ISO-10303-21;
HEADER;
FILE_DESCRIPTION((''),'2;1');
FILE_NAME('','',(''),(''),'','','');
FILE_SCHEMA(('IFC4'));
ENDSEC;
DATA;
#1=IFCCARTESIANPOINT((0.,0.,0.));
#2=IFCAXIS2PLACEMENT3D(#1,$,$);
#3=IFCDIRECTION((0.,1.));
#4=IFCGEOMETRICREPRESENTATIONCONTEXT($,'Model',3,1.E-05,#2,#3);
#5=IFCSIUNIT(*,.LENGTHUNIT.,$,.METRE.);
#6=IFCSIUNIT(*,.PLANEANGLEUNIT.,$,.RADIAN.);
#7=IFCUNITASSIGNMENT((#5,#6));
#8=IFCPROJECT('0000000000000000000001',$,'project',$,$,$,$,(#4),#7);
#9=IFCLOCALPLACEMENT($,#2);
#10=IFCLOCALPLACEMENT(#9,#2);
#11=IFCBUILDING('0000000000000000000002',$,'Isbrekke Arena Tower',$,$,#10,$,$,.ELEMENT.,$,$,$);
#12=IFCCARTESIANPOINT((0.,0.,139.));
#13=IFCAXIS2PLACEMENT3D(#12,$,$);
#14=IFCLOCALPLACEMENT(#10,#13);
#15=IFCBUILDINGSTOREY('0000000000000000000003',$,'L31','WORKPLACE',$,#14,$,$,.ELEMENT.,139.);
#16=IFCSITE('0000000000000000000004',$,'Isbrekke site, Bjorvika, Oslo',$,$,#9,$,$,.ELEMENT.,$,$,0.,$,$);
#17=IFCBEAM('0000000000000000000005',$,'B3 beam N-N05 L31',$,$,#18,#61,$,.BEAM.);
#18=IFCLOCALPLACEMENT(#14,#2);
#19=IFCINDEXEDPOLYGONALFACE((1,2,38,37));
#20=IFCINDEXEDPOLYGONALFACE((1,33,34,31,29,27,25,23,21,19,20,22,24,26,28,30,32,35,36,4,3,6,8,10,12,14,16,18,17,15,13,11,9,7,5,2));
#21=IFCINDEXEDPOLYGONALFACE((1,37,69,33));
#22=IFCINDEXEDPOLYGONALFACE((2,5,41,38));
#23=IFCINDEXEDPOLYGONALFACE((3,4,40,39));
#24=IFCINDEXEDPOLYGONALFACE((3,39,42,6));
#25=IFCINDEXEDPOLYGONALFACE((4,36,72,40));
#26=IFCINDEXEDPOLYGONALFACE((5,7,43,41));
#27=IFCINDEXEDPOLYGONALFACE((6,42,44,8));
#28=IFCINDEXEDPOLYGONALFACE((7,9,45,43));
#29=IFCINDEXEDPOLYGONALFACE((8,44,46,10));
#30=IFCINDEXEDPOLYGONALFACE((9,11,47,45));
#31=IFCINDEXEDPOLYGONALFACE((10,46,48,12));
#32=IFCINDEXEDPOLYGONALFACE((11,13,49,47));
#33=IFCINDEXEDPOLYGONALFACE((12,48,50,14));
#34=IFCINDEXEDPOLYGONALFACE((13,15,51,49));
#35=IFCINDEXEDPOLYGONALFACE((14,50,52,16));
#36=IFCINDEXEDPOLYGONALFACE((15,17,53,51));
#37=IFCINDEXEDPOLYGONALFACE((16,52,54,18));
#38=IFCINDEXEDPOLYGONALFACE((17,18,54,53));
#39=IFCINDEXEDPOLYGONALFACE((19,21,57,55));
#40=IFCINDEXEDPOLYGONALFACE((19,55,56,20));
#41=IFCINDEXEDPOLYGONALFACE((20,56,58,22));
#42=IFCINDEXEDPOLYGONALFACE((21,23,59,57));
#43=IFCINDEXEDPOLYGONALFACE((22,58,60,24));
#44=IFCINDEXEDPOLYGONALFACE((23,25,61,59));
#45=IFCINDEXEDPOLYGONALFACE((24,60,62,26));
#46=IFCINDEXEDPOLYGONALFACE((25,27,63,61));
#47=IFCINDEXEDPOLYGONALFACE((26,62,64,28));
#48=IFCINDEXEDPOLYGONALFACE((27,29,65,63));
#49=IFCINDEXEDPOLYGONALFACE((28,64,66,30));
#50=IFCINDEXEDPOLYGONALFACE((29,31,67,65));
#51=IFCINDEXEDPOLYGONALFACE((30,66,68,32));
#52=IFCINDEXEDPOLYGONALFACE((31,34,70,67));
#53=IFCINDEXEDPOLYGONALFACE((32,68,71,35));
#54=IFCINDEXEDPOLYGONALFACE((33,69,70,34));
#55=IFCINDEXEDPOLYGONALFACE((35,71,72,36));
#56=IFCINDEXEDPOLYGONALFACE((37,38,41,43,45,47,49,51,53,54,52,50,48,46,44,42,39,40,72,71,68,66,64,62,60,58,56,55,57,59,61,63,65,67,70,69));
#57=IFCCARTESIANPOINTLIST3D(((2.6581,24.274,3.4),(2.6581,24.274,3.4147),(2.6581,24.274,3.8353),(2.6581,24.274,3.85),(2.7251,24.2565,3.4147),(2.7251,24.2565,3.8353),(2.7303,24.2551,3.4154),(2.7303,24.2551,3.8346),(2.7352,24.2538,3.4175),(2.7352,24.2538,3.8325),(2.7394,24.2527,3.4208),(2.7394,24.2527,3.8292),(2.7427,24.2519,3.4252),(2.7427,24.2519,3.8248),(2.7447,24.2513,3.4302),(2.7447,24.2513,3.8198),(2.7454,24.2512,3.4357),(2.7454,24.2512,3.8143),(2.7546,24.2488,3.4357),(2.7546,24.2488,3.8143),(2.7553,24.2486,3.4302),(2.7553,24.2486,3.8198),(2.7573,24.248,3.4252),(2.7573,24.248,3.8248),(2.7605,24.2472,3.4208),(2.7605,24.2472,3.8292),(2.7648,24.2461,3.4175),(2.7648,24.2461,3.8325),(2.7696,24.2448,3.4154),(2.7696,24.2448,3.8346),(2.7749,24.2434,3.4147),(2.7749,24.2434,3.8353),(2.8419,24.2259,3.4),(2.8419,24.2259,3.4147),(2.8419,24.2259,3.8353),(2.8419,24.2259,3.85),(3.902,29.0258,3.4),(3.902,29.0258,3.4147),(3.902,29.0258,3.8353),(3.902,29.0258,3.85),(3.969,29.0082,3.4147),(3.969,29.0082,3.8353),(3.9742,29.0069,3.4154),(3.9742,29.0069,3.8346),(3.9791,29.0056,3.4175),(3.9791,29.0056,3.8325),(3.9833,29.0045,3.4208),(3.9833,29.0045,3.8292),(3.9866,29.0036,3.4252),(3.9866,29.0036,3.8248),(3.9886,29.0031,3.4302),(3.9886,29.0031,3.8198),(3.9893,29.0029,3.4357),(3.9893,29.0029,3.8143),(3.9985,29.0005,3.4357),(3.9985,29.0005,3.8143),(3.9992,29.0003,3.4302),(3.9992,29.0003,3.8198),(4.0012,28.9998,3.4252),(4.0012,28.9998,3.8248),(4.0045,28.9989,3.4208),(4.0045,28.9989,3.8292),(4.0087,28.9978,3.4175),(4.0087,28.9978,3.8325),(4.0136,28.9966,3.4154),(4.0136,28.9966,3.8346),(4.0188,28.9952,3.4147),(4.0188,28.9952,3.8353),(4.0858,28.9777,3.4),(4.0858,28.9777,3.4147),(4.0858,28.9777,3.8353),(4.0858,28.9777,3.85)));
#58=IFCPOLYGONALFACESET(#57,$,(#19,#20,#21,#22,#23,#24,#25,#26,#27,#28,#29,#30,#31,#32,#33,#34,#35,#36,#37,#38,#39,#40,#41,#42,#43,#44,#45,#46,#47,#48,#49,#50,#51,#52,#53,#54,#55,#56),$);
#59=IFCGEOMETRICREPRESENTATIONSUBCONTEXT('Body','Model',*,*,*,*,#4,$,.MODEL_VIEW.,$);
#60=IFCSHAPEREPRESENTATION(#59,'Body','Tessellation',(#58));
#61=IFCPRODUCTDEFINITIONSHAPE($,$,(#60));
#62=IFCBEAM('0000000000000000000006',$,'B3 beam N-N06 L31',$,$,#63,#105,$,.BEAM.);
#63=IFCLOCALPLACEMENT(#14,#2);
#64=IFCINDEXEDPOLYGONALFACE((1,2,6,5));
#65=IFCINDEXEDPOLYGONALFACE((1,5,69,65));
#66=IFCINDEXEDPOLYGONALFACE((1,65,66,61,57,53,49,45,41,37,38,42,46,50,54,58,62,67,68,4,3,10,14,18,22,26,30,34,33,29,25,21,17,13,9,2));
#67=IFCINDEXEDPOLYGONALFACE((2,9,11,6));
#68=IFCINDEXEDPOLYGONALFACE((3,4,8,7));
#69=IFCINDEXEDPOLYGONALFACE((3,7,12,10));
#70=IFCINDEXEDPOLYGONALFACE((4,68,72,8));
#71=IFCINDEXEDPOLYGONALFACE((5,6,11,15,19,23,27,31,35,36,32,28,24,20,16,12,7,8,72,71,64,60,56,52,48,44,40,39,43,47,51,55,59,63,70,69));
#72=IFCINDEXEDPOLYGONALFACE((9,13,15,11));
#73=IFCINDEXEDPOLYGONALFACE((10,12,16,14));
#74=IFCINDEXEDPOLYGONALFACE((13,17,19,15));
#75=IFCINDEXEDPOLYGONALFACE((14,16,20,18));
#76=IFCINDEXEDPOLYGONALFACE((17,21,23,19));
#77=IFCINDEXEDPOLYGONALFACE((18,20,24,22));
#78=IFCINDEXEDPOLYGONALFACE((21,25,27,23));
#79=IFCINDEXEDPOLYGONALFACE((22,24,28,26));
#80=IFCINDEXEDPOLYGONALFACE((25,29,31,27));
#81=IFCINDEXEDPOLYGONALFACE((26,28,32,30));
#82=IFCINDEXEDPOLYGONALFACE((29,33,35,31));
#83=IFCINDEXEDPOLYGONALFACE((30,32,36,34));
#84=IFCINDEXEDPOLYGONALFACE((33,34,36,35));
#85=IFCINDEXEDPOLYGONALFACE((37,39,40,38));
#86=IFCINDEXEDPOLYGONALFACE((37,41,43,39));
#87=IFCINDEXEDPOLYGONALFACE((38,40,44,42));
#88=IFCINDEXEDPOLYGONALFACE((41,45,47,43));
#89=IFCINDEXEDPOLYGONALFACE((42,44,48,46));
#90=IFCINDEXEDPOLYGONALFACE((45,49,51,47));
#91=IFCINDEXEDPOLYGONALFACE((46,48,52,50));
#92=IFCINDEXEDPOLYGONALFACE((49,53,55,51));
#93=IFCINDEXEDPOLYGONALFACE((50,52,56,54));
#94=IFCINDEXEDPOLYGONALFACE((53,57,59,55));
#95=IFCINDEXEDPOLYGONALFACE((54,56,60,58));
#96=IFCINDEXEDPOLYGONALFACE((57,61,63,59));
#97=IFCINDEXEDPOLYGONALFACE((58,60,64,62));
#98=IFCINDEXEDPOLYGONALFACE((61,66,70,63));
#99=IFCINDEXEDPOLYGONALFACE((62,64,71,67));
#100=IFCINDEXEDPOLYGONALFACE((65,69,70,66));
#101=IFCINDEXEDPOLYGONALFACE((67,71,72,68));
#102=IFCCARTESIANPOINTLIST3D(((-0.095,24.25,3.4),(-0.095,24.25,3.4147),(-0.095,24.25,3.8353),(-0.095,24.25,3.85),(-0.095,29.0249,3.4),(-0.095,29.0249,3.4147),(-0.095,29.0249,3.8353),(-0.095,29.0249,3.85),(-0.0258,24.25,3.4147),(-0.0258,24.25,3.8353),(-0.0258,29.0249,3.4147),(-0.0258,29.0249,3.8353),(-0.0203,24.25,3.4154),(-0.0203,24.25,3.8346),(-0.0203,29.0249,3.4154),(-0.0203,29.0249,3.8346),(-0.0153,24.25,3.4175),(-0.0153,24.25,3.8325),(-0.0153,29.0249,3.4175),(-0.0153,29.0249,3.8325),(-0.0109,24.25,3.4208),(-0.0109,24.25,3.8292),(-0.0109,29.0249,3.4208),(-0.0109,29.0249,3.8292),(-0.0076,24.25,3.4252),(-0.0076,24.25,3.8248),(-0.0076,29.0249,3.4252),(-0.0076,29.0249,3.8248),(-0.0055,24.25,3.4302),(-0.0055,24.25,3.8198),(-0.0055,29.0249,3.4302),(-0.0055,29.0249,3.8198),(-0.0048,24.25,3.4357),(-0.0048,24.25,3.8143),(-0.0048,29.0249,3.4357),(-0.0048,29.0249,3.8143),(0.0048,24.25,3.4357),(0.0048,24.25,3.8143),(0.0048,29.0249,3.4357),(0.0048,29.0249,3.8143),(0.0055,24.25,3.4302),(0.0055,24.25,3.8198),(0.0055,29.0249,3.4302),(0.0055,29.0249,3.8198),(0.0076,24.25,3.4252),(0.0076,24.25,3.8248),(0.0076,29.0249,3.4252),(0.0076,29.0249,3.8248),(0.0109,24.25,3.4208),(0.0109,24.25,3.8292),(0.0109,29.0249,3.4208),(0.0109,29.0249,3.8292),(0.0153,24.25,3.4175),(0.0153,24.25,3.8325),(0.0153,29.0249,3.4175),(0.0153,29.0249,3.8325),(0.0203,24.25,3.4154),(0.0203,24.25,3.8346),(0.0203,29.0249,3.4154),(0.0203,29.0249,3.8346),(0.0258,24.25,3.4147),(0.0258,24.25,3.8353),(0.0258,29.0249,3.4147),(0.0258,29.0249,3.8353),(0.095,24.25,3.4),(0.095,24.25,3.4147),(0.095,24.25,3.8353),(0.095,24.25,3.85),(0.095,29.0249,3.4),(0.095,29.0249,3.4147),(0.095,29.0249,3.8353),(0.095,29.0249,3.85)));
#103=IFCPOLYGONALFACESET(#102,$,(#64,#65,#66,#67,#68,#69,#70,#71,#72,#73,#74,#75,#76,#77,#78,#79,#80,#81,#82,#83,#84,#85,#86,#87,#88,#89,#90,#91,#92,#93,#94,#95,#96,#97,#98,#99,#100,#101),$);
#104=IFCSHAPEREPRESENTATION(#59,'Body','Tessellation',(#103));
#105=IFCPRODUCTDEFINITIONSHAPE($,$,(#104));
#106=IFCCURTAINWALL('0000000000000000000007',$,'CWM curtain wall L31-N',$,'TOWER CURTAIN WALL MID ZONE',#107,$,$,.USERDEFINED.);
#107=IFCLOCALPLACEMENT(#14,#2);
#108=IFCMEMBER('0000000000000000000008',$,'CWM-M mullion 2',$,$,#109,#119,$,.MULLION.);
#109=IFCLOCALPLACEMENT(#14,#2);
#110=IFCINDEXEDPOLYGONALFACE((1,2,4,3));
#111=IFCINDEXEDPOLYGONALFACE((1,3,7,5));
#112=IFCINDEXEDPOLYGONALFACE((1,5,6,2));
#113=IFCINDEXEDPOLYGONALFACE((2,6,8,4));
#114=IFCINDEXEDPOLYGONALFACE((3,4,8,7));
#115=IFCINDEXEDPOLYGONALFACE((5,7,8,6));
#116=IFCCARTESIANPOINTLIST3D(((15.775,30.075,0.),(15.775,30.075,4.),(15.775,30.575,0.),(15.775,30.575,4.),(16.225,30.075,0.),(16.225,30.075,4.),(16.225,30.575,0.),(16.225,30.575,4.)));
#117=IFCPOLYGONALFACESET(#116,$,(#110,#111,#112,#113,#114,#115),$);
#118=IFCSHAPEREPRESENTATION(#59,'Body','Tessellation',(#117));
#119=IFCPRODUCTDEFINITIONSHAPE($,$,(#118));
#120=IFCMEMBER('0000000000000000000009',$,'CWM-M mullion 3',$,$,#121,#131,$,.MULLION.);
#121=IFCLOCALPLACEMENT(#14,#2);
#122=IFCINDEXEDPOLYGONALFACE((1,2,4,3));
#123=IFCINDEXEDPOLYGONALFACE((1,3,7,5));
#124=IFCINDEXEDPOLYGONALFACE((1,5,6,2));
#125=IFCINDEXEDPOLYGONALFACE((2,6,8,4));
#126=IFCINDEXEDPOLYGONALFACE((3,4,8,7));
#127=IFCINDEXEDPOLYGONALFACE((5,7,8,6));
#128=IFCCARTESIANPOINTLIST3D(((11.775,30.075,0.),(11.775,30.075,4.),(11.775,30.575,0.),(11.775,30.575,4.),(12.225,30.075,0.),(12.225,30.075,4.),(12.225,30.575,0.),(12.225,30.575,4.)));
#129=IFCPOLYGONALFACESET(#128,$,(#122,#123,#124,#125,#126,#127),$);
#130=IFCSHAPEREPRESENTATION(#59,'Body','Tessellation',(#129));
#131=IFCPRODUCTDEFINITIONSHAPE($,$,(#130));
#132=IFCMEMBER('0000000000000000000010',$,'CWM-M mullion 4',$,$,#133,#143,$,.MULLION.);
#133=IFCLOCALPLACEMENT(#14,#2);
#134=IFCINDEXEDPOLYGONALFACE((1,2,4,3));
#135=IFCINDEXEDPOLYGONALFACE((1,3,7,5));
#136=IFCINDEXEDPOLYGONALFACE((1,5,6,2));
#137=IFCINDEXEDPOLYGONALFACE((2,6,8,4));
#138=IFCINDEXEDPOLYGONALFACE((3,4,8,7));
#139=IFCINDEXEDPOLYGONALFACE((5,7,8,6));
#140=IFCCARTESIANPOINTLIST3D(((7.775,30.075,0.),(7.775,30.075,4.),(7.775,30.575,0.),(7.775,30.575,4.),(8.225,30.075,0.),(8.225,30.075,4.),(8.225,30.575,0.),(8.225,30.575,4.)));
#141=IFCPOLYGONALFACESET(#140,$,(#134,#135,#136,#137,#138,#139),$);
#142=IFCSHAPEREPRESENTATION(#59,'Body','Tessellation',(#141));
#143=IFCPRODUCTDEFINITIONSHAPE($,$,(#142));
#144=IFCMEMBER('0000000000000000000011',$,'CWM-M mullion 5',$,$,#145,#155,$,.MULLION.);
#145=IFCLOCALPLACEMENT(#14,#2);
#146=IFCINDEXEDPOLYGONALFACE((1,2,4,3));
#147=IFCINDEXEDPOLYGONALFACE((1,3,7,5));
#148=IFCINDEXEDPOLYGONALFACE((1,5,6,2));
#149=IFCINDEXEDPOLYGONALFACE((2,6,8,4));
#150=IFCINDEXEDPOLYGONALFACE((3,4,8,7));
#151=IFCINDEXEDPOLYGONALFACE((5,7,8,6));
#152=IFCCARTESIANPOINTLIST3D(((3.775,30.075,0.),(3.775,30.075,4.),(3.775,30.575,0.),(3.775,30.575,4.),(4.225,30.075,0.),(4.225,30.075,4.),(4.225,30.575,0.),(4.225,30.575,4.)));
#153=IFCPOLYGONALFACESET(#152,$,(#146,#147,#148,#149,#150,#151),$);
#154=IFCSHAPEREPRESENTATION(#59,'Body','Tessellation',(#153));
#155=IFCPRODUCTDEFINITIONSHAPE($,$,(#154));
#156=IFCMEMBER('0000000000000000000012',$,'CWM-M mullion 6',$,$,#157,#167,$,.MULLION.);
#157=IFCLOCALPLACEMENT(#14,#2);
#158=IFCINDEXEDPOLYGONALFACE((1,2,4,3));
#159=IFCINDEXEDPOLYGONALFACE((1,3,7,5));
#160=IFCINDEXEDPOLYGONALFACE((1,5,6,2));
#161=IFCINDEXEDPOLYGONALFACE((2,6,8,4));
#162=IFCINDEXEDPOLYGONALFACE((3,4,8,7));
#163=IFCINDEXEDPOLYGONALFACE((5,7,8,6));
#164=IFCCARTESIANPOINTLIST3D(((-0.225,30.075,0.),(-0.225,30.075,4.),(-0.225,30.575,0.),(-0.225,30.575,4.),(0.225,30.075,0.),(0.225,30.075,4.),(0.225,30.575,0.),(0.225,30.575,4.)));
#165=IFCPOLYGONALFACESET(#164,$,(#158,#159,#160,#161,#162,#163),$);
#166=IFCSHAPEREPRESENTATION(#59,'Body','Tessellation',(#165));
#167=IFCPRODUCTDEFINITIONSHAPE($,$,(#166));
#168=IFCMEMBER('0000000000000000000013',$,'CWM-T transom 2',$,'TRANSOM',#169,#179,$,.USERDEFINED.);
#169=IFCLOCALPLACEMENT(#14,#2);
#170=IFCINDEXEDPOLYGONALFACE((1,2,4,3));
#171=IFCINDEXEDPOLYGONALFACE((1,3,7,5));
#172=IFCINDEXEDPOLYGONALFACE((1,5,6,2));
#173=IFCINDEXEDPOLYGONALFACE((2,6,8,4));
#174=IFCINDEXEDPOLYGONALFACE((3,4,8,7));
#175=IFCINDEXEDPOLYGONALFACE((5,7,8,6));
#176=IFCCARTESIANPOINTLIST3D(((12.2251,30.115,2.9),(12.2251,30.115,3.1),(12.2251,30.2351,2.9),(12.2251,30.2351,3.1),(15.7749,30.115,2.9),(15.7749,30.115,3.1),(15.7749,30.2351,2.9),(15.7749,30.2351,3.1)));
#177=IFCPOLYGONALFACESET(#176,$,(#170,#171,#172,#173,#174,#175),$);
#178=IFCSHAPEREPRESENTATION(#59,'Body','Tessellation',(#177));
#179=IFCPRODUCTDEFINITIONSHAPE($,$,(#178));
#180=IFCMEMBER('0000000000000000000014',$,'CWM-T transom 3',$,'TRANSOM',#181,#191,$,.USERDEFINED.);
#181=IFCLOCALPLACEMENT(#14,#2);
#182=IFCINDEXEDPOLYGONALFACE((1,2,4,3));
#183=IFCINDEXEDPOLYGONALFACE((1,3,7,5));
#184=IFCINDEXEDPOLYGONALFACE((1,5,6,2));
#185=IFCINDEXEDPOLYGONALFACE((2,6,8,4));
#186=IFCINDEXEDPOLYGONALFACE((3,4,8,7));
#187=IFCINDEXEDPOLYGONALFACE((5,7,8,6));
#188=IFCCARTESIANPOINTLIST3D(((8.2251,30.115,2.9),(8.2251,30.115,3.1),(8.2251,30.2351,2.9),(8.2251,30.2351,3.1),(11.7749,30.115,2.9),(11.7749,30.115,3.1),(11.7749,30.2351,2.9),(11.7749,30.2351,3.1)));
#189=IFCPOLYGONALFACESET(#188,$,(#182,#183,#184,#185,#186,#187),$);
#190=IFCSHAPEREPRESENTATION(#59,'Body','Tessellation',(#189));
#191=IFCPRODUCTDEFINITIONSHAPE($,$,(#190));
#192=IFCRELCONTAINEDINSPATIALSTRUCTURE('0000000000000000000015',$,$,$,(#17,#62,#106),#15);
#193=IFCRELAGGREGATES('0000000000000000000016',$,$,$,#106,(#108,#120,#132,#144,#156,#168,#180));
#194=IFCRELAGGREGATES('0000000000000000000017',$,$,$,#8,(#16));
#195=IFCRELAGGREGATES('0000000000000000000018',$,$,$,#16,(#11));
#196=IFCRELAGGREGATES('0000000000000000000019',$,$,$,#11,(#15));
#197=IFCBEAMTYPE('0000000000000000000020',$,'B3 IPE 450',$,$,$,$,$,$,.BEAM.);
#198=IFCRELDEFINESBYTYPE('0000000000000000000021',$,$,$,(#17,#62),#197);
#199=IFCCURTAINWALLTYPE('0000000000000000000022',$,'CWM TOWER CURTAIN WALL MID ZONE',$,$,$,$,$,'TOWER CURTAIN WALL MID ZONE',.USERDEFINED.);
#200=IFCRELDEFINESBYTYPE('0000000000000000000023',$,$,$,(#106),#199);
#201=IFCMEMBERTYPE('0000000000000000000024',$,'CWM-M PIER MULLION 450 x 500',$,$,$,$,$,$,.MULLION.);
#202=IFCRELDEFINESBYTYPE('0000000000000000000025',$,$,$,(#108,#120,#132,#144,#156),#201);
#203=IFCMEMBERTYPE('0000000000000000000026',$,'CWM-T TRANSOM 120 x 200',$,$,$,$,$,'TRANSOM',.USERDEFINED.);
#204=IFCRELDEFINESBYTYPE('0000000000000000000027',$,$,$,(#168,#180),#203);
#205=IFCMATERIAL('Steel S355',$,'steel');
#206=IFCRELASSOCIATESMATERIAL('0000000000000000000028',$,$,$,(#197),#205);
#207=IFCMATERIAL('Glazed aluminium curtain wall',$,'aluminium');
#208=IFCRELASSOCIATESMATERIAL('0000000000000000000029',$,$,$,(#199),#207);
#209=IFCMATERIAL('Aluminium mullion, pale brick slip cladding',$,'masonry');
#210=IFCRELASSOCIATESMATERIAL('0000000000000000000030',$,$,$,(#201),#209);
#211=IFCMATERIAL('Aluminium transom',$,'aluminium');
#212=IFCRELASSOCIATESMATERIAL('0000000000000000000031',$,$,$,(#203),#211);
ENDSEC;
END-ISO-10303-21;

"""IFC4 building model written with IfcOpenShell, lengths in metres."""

from ifc_helpers import new_model, si_unit, direction, frame, origin, origin_2d, place, context, subcontext, project, spatial, rectangle, i_section, extrude, material, material_profile, profile_set, type_object, element, aggregate, save


model = new_model("IFC4")

# Units and contexts
model_context = context("Model", 3, precision=1e-05, world=origin(), true_north=direction((0.0, 1.0)))
body_context = subcontext(model_context, "Body", "Model", "MODEL_VIEW")
ifc_project = project(units=[si_unit("LENGTHUNIT", "METRE"), si_unit("PLANEANGLEUNIT", "RADIAN")], contexts=[model_context])

# Site, building, storey
site_placement = place(None, origin())
site = spatial("IfcSite", under=ifc_project, at=site_placement, Name="Isbrekke site, Bjorvika, Oslo", CompositionType="ELEMENT", RefElevation=0.0)
building_placement = place(site_placement, origin())
building = spatial("IfcBuilding", under=site, at=building_placement, Name="Isbrekke Arena Tower", CompositionType="ELEMENT")
storey_placement = place(building_placement, frame((0.0, 0.0, 139.0)))
storey = spatial("IfcBuildingStorey", under=building, at=storey_placement, Name="L31", Description="WORKPLACE", CompositionType="ELEMENT", Elevation=139.0)

# Beams
ifc_material_1 = material(Name="Steel S355", Category="steel")
ifc_material_profile_1 = material_profile(ifc_material_1, i_section(OverallWidth=0.1899, OverallDepth=0.45, WebThickness=0.0095, FlangeThickness=0.0146, FilletRadius=0.021, at=origin_2d()), Name="IPE 450")
ifc_profile_set_1 = profile_set([ifc_material_profile_1], Name="Steel S355")
beam_type_1 = type_object("IfcBeamType", Name="B3 IPE 450", PredefinedType="BEAM", material=ifc_profile_set_1)
beam_1_placement = place(storey_placement, frame((3.9939, 29.0017, 3.625), z_axis=(-0.253245, -0.967402, 0.0), x_axis=(0.967402, -0.253245, 0.0)))
element("IfcBeam", 1, at=beam_1_placement, inside=storey, type_object=beam_type_1, Name="B3 beam N-N05 L31", PredefinedType="BEAM", context=body_context, shape_type="SweptSolid", body=[
    extrude(i_section(OverallWidth=0.1899, OverallDepth=0.45, WebThickness=0.0095, FlangeThickness=0.0146, FilletRadius=0.021, at=origin_2d()), origin(), (0.0, 0.0, 1.0), 4.9119),
])
beam_2_placement = place(storey_placement, frame((0.0, 29.0249, 3.625), z_axis=(0.0, -1.0, 0.0), x_axis=(1.0, 0.0, 0.0)))
element("IfcBeam", 2, at=beam_2_placement, inside=storey, type_object=beam_type_1, Name="B3 beam N-N06 L31", PredefinedType="BEAM", context=body_context, shape_type="SweptSolid", body=[
    extrude(i_section(OverallWidth=0.1899, OverallDepth=0.45, WebThickness=0.0095, FlangeThickness=0.0146, FilletRadius=0.021, at=origin_2d()), origin(), (0.0, 0.0, 1.0), 4.7749),
])

# Curtain wall, members
ifc_material_2 = material(Name="Glazed aluminium curtain wall", Category="aluminium")
curtain_wall_type = type_object("IfcCurtainWallType", Name="CWM TOWER CURTAIN WALL MID ZONE", ElementType="TOWER CURTAIN WALL MID ZONE", PredefinedType="USERDEFINED", material=ifc_material_2)
curtain_wall_placement = place(storey_placement, origin())
curtain_wall = element("IfcCurtainWall", 3, at=curtain_wall_placement, inside=storey, type_object=curtain_wall_type, Name="CWM curtain wall L31-N", ObjectType="TOWER CURTAIN WALL MID ZONE", PredefinedType="USERDEFINED")
ifc_material_3 = material(Name="Aluminium mullion, pale brick slip cladding", Category="masonry")
ifc_material_profile_2 = material_profile(ifc_material_3, rectangle(XDim=0.45, YDim=0.5, at=origin_2d()), Name="PIER 450X500")
ifc_profile_set_2 = profile_set([ifc_material_profile_2], Name="Aluminium mullion, pale brick slip cladding")
member_type_1 = type_object("IfcMemberType", Name="CWM-M PIER MULLION 450 x 500", PredefinedType="MULLION", material=ifc_profile_set_2)
member_1_placement = place(storey_placement, frame((16.0, 30.325, 0.0), z_axis=(0.0, 0.0, 1.0), x_axis=(-1.0, 0.0, 0.0)))
member_1 = element("IfcMember", 4, at=member_1_placement, type_object=member_type_1, Name="CWM-M mullion 2", PredefinedType="MULLION", context=body_context, shape_type="SweptSolid", body=[
    extrude(rectangle(XDim=0.45, YDim=0.5, at=origin_2d()), origin(), (0.0, 0.0, 1.0), 4.0),
])
member_2_placement = place(storey_placement, frame((12.0, 30.325, 0.0), z_axis=(0.0, 0.0, 1.0), x_axis=(-1.0, 0.0, 0.0)))
member_2 = element("IfcMember", 5, at=member_2_placement, type_object=member_type_1, Name="CWM-M mullion 3", PredefinedType="MULLION", context=body_context, shape_type="SweptSolid", body=[
    extrude(rectangle(XDim=0.45, YDim=0.5, at=origin_2d()), origin(), (0.0, 0.0, 1.0), 4.0),
])
member_3_placement = place(storey_placement, frame((8.0, 30.325, 0.0), z_axis=(0.0, 0.0, 1.0), x_axis=(-1.0, 0.0, 0.0)))
member_3 = element("IfcMember", 6, at=member_3_placement, type_object=member_type_1, Name="CWM-M mullion 4", PredefinedType="MULLION", context=body_context, shape_type="SweptSolid", body=[
    extrude(rectangle(XDim=0.45, YDim=0.5, at=origin_2d()), origin(), (0.0, 0.0, 1.0), 4.0),
])
member_4_placement = place(storey_placement, frame((4.0, 30.325, 0.0), z_axis=(0.0, 0.0, 1.0), x_axis=(-1.0, 0.0, 0.0)))
member_4 = element("IfcMember", 7, at=member_4_placement, type_object=member_type_1, Name="CWM-M mullion 5", PredefinedType="MULLION", context=body_context, shape_type="SweptSolid", body=[
    extrude(rectangle(XDim=0.45, YDim=0.5, at=origin_2d()), origin(), (0.0, 0.0, 1.0), 4.0),
])
member_5_placement = place(storey_placement, frame((0.0, 30.325, 0.0), z_axis=(0.0, 0.0, 1.0), x_axis=(-1.0, 0.0, 0.0)))
member_5 = element("IfcMember", 8, at=member_5_placement, type_object=member_type_1, Name="CWM-M mullion 6", PredefinedType="MULLION", context=body_context, shape_type="SweptSolid", body=[
    extrude(rectangle(XDim=0.45, YDim=0.5, at=origin_2d()), origin(), (0.0, 0.0, 1.0), 4.0),
])
ifc_material_4 = material(Name="Aluminium transom", Category="aluminium")
ifc_material_profile_3 = material_profile(ifc_material_4, rectangle(XDim=0.1201, YDim=0.2, at=origin_2d()), Name="TRANSOM 120X200")
ifc_profile_set_3 = profile_set([ifc_material_profile_3], Name="Aluminium transom")
member_type_2 = type_object("IfcMemberType", Name="CWM-T TRANSOM 120 x 200", ElementType="TRANSOM", PredefinedType="USERDEFINED", material=ifc_profile_set_3)
member_6_placement = place(storey_placement, frame((15.7749, 30.175, 3.0), z_axis=(-1.0, 0.0, 0.0), x_axis=(0.0, -1.0, 0.0)))
member_6 = element("IfcMember", 9, at=member_6_placement, type_object=member_type_2, Name="CWM-T transom 2", ObjectType="TRANSOM", PredefinedType="USERDEFINED", context=body_context, shape_type="SweptSolid", body=[
    extrude(rectangle(XDim=0.1201, YDim=0.2, at=origin_2d()), origin(), (0.0, 0.0, 1.0), 3.5498),
])
member_7_placement = place(storey_placement, frame((11.7749, 30.175, 3.0), z_axis=(-1.0, 0.0, 0.0), x_axis=(0.0, -1.0, 0.0)))
member_7 = element("IfcMember", 10, at=member_7_placement, type_object=member_type_2, Name="CWM-T transom 3", ObjectType="TRANSOM", PredefinedType="USERDEFINED", context=body_context, shape_type="SweptSolid", body=[
    extrude(rectangle(XDim=0.1201, YDim=0.2, at=origin_2d()), origin(), (0.0, 0.0, 1.0), 3.5498),
])

aggregate(curtain_wall, [member_1, member_2, member_3, member_4, member_5, member_6, member_7])

save(model, "model.ifc")
